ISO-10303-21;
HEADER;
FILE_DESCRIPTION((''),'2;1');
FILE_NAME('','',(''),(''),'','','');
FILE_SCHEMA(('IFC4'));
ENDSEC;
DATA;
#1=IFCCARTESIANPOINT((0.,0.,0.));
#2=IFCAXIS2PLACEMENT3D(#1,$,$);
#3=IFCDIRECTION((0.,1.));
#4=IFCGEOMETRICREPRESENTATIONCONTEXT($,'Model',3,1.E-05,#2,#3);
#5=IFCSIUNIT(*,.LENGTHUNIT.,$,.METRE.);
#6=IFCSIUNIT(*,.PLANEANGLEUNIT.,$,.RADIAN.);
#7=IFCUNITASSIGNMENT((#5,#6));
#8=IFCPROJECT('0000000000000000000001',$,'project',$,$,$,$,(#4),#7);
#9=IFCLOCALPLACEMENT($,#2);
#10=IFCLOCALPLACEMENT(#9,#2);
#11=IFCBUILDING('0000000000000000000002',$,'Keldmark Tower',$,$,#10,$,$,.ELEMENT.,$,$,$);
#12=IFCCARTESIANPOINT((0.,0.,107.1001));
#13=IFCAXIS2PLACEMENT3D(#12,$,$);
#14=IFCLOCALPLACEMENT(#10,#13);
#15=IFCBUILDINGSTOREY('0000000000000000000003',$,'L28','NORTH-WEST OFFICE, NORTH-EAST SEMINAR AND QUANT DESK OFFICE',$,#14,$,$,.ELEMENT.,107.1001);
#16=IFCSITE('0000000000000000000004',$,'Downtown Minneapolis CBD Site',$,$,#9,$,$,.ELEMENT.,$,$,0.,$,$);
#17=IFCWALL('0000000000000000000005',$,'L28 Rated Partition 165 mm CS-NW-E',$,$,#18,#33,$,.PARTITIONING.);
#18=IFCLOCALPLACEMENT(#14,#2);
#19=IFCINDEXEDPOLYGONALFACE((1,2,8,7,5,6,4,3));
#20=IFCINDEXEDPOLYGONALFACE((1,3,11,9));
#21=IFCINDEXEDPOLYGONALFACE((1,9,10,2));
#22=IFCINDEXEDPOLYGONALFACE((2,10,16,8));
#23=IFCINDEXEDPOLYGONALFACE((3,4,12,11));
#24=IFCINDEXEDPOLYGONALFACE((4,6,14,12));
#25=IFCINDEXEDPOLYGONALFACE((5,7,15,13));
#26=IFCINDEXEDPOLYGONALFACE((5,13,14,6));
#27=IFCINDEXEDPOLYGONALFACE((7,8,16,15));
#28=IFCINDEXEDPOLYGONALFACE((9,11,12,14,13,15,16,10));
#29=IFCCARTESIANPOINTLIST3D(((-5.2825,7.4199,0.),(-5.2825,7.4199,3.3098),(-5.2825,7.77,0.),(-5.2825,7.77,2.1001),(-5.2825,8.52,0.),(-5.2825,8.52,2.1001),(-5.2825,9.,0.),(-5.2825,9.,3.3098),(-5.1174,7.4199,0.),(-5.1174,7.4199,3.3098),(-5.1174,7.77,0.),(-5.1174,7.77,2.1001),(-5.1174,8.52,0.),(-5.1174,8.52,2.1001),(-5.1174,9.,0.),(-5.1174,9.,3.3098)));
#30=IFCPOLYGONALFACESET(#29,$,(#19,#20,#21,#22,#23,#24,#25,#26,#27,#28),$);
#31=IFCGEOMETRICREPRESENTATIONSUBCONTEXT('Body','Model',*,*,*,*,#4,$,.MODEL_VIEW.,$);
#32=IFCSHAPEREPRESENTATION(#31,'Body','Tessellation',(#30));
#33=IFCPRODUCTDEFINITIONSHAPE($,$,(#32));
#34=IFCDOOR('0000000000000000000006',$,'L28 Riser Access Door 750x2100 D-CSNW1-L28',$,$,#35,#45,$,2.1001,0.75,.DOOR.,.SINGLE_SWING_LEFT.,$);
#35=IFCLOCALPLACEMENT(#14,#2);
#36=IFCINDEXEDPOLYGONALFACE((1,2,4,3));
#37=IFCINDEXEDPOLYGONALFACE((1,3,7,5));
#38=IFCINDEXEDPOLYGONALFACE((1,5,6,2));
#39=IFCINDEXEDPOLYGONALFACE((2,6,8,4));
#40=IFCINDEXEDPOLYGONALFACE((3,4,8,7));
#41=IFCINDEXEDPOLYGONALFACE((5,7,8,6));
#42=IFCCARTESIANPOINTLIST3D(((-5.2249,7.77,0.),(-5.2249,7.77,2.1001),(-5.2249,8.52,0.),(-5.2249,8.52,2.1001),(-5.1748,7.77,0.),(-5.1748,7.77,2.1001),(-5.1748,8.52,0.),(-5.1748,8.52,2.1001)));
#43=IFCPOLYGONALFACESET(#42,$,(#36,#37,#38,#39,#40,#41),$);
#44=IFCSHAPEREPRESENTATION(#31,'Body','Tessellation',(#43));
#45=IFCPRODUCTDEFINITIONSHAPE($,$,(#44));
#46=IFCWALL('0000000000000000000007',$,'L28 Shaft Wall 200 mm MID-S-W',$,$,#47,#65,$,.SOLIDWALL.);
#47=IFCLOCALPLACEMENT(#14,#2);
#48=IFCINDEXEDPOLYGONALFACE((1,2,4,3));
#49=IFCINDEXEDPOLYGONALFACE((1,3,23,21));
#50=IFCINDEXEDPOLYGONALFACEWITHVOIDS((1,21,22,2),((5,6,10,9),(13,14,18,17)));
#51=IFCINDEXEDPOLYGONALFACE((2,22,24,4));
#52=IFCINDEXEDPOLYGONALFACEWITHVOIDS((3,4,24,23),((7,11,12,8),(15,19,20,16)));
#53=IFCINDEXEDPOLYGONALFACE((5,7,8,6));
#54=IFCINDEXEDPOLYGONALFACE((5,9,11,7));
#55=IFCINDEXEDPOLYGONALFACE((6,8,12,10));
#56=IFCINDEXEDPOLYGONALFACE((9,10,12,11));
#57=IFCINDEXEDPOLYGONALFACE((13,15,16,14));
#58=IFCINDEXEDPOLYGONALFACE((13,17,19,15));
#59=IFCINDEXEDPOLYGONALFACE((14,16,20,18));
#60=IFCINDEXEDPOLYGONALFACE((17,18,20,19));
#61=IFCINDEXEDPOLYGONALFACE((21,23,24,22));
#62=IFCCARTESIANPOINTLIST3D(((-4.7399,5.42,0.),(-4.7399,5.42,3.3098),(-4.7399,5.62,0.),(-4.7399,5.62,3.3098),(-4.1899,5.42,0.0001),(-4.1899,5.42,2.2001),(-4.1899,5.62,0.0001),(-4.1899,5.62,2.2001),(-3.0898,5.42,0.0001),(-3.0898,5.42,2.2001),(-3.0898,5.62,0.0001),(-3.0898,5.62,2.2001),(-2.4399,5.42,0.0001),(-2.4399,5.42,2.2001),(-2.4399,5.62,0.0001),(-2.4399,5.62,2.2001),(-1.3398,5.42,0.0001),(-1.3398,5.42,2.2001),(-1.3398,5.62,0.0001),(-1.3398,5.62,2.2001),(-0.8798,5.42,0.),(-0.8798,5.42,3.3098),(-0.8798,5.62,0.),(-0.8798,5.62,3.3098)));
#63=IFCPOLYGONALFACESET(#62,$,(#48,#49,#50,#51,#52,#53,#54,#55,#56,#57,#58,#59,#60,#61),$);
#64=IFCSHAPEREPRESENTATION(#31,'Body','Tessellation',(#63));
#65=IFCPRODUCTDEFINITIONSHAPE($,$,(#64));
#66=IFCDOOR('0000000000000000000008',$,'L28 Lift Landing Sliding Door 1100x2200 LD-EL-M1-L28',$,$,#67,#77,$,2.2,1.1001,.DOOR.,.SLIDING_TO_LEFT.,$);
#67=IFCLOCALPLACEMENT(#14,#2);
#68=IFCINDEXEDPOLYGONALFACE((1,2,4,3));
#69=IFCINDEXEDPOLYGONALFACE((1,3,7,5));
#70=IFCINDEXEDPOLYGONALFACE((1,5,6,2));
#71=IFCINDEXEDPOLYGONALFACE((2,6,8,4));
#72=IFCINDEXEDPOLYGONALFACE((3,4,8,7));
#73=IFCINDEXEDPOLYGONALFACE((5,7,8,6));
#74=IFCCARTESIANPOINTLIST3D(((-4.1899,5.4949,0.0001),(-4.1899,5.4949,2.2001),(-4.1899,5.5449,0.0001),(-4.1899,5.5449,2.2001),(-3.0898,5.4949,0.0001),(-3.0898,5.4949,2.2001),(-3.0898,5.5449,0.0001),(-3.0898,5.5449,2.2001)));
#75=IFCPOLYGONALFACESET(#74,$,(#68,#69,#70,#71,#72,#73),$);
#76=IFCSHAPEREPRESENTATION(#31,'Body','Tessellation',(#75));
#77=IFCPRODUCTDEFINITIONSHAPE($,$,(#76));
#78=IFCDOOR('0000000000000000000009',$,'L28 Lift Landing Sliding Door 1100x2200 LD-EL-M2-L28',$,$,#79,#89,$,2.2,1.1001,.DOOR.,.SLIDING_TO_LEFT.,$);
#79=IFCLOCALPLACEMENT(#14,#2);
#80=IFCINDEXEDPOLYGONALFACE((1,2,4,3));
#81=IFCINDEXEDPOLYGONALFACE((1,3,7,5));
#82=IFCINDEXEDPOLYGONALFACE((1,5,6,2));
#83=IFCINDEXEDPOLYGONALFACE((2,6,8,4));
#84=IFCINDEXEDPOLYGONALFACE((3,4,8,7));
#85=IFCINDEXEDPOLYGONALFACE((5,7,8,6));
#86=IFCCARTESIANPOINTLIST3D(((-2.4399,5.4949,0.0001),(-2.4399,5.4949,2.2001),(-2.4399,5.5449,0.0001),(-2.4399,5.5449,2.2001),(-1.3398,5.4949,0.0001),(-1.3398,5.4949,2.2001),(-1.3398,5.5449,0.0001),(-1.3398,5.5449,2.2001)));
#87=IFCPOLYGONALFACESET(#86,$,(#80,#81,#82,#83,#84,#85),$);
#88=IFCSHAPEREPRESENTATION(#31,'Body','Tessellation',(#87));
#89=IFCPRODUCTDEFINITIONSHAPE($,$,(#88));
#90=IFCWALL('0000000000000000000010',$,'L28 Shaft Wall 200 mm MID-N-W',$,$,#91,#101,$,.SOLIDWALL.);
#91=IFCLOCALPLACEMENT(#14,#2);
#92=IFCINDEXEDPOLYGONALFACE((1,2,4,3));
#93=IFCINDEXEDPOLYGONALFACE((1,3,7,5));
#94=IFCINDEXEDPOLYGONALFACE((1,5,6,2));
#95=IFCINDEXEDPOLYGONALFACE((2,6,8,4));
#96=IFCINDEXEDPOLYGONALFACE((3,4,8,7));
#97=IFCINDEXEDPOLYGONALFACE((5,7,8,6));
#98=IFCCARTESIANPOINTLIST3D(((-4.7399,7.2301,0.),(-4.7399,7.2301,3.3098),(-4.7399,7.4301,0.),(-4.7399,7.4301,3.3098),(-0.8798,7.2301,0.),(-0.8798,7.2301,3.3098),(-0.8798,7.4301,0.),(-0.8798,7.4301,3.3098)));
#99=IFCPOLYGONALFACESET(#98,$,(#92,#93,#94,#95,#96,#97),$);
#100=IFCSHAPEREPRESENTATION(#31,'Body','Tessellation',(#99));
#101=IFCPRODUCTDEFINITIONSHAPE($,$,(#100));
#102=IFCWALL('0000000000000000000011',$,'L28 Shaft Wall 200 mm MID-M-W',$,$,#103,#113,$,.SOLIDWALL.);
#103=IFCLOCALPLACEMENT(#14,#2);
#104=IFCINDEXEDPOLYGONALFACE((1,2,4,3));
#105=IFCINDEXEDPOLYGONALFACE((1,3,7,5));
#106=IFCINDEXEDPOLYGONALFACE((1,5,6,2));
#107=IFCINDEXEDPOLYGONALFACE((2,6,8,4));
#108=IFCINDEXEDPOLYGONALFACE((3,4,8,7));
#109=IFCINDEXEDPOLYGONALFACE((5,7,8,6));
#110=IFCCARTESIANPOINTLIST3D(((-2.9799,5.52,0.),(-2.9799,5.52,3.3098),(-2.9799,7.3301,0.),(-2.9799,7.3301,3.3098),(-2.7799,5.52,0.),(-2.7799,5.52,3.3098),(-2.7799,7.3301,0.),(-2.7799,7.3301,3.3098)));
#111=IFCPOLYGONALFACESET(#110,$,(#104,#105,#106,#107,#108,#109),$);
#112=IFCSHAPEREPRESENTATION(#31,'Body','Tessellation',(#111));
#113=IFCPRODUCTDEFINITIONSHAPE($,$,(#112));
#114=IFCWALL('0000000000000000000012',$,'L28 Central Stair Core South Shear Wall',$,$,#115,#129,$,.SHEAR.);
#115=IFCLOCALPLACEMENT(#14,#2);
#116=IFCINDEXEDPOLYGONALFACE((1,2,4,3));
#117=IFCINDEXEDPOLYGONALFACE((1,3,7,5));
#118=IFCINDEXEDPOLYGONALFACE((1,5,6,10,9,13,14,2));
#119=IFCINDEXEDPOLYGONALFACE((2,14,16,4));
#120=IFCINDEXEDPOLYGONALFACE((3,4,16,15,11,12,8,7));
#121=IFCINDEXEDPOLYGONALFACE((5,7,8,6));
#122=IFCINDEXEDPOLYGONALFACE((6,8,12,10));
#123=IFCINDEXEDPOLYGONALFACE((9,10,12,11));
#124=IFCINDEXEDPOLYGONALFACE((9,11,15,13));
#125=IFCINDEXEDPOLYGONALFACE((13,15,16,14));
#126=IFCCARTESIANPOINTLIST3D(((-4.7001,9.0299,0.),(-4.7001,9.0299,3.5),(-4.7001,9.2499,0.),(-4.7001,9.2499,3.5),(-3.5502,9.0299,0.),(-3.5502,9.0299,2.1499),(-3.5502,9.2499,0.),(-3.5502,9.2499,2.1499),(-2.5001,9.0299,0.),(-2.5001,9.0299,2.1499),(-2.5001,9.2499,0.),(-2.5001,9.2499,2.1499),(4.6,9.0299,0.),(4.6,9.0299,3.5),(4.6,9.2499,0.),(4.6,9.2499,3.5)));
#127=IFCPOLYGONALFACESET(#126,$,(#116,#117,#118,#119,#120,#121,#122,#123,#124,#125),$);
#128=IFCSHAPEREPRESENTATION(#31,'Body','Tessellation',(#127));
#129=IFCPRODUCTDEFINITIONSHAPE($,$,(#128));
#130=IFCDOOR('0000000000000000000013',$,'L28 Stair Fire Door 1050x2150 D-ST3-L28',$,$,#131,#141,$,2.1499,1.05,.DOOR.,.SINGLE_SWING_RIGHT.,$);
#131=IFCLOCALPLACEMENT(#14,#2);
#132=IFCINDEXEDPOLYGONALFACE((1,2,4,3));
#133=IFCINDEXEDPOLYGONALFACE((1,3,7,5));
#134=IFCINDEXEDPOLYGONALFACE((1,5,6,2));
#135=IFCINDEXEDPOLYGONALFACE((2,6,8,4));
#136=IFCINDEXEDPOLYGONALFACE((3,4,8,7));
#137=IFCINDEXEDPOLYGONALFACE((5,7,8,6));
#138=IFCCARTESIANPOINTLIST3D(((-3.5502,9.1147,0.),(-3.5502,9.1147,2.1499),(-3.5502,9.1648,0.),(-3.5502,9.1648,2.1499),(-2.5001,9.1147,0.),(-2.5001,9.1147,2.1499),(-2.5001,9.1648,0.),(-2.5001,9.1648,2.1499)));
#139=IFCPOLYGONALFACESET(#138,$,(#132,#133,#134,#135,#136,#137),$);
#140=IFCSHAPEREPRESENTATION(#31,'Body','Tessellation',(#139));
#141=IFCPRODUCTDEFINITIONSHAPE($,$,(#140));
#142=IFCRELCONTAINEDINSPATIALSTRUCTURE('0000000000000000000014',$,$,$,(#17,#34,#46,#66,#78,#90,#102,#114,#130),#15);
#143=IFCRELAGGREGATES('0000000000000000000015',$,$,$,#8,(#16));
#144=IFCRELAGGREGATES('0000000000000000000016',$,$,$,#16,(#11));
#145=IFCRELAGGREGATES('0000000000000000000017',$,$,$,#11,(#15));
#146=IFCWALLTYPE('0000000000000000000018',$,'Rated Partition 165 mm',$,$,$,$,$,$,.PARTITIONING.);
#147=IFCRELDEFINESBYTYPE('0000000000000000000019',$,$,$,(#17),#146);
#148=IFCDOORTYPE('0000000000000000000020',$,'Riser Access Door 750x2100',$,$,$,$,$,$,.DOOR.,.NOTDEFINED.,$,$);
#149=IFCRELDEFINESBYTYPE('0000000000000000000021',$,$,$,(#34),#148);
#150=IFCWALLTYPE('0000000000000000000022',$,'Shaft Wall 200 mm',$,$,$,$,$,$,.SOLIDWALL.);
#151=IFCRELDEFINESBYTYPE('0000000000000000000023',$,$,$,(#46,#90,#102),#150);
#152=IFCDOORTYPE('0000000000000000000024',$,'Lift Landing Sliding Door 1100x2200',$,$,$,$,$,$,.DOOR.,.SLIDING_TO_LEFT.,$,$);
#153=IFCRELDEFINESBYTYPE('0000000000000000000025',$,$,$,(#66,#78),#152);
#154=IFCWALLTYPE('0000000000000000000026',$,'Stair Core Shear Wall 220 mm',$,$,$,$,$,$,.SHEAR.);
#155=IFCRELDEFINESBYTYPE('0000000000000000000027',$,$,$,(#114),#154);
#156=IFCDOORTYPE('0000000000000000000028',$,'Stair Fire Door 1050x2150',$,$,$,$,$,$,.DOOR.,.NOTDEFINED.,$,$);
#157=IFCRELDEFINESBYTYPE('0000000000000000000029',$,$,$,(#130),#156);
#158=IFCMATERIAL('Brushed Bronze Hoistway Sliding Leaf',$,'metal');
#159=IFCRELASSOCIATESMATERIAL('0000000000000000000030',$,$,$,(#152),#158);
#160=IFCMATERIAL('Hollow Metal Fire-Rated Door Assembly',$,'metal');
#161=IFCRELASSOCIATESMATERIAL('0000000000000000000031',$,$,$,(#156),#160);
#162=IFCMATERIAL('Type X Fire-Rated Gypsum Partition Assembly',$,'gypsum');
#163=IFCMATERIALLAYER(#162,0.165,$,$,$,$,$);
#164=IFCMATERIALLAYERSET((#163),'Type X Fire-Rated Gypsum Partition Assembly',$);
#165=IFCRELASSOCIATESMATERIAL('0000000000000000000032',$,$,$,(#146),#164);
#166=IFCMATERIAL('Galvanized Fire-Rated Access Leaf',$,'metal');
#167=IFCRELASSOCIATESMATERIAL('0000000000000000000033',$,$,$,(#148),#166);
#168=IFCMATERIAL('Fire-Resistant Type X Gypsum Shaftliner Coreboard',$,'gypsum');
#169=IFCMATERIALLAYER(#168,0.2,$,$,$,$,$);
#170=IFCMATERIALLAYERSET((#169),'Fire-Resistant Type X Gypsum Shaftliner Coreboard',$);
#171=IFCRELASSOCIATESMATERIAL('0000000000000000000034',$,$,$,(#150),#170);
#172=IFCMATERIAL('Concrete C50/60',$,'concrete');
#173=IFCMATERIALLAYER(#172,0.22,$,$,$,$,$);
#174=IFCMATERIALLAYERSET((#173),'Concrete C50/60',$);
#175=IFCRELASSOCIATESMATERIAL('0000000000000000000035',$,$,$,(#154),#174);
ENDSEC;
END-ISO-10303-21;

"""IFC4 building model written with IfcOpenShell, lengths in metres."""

from ifc_helpers import new_model, si_unit, direction, frame, frame_2d, origin, place, context, subcontext, project, spatial, rectangle, extrude, material, layer, layer_set, type_object, element, fill, save


model = new_model("IFC4")

# Units and contexts
model_context = context("Model", 3, precision=1e-05, world=origin(), true_north=direction((0.0, 1.0)))
body_context = subcontext(model_context, "Body", "Model", "MODEL_VIEW")
ifc_project = project(units=[si_unit("LENGTHUNIT", "METRE"), si_unit("PLANEANGLEUNIT", "RADIAN")], contexts=[model_context])

# Site, building, storey
site_placement = place(None, origin())
site = spatial("IfcSite", under=ifc_project, at=site_placement, Name="Downtown Minneapolis CBD Site", CompositionType="ELEMENT", RefElevation=0.0)
building_placement = place(site_placement, origin())
building = spatial("IfcBuilding", under=site, at=building_placement, Name="Keldmark Tower", CompositionType="ELEMENT")
storey_placement = place(building_placement, frame((0.0, 0.0, 107.1001)))
storey = spatial("IfcBuildingStorey", under=building, at=storey_placement, Name="L28", Description="NORTH-WEST OFFICE, NORTH-EAST SEMINAR AND QUANT DESK OFFICE", CompositionType="ELEMENT", Elevation=107.1001)

# Shared definitions
ifc_material_1 = material(Name="Brushed Bronze Hoistway Sliding Leaf", Category="metal")
door_type_1 = type_object("IfcDoorType", Name="Lift Landing Sliding Door 1100x2200", OperationType="SLIDING_TO_LEFT", PredefinedType="DOOR", material=ifc_material_1)
ifc_material_2 = material(Name="Hollow Metal Fire-Rated Door Assembly", Category="metal")
door_type_2 = type_object("IfcDoorType", Name="Stair Fire Door 1050x2150", OperationType="NOTDEFINED", PredefinedType="DOOR", material=ifc_material_2)

# Shared definitions
ifc_material_3 = material(Name="Type X Fire-Rated Gypsum Partition Assembly", Category="gypsum")
ifc_layer_1 = layer(ifc_material_3, 0.165)
ifc_layer_set_1 = layer_set([ifc_layer_1], Name="Type X Fire-Rated Gypsum Partition Assembly")
wall_type_1 = type_object("IfcWallType", Name="Rated Partition 165 mm", PredefinedType="PARTITIONING", material=ifc_layer_set_1)

# Wall, opening, door
wall_1_placement = place(storey_placement, frame((-5.2, 7.4199, 0.0), z_axis=(0.0, 0.0, 1.0), x_axis=(0.0, 1.0, 0.0)))
wall_1 = element("IfcWall", 1, at=wall_1_placement, inside=storey, type_object=wall_type_1, Name="L28 Rated Partition 165 mm CS-NW-E", PredefinedType="PARTITIONING", context=body_context, shape_type="SweptSolid", body=[
    extrude(rectangle(XDim=1.5801, YDim=0.165, at=frame_2d((0.79, 0.0))), origin(), (0.0, 0.0, 1.0), 3.3098),
])
opening_1_placement = place(wall_1_placement, frame((0.3501, 0.0, 0.0)))
opening_1 = element("IfcOpeningElement", 2, at=opening_1_placement, cuts=wall_1, PredefinedType="OPENING", context=body_context, shape_type="SweptSolid", body=[
    extrude(rectangle(XDim=0.75, YDim=2.1001, at=frame_2d((0.375, 1.05))), frame((0.0, 0.0925, 0.0), z_axis=(0.0, -1.0, 0.0), x_axis=(1.0, 0.0, 0.0)), (0.0, 0.0, 1.0), 0.1851),
])
ifc_material_4 = material(Name="Galvanized Fire-Rated Access Leaf", Category="metal")
door_type_3 = type_object("IfcDoorType", Name="Riser Access Door 750x2100", OperationType="NOTDEFINED", PredefinedType="DOOR", material=ifc_material_4)
door_1_placement = place(opening_1_placement, origin())
door_1 = element("IfcDoor", 3, at=door_1_placement, inside=storey, type_object=door_type_3, Name="L28 Riser Access Door 750x2100 D-CSNW1-L28", OperationType="SINGLE_SWING_LEFT", OverallHeight=2.1001, OverallWidth=0.75, PredefinedType="DOOR", context=body_context, shape_type="SweptSolid", body=[
    extrude(rectangle(XDim=0.75, YDim=2.1001, at=frame_2d((0.375, 1.05))), frame((0.0, 0.0249, 0.0), z_axis=(0.0, -1.0, 0.0), x_axis=(1.0, 0.0, 0.0)), (0.0, 0.0, 1.0), 0.05),
])
fill(opening_1, door_1)

# Wall, openings, doors
ifc_material_5 = material(Name="Fire-Resistant Type X Gypsum Shaftliner Coreboard", Category="gypsum")
ifc_layer_2 = layer(ifc_material_5, 0.2)
ifc_layer_set_2 = layer_set([ifc_layer_2], Name="Fire-Resistant Type X Gypsum Shaftliner Coreboard")
wall_type_2 = type_object("IfcWallType", Name="Shaft Wall 200 mm", PredefinedType="SOLIDWALL", material=ifc_layer_set_2)
wall_2_placement = place(storey_placement, frame((-4.74, 5.52, 0.0), z_axis=(0.0, 0.0, 1.0), x_axis=(1.0, 0.0, 0.0)))
wall_2 = element("IfcWall", 4, at=wall_2_placement, inside=storey, type_object=wall_type_2, Name="L28 Shaft Wall 200 mm MID-S-W", PredefinedType="SOLIDWALL", context=body_context, shape_type="SweptSolid", body=[
    extrude(rectangle(XDim=3.8601, YDim=0.2, at=frame_2d((1.9302, 0.0))), origin(), (0.0, 0.0, 1.0), 3.3098),
])
opening_2_placement = place(wall_2_placement, frame((0.55, 0.0, 0.0)))
opening_2 = element("IfcOpeningElement", 5, at=opening_2_placement, cuts=wall_2, PredefinedType="OPENING", context=body_context, shape_type="SweptSolid", body=[
    extrude(rectangle(XDim=1.1001, YDim=2.2, at=frame_2d((0.55, 1.1001))), frame((0.0, 0.1099, 0.0), z_axis=(0.0, -1.0, 0.0), x_axis=(1.0, 0.0, 0.0)), (0.0, 0.0, 1.0), 0.22),
])
opening_3_placement = place(wall_2_placement, frame((2.3, 0.0, 0.0)))
opening_3 = element("IfcOpeningElement", 6, at=opening_3_placement, cuts=wall_2, PredefinedType="OPENING", context=body_context, shape_type="SweptSolid", body=[
    extrude(rectangle(XDim=1.1001, YDim=2.2, at=frame_2d((0.55, 1.1001))), frame((0.0, 0.1099, 0.0), z_axis=(0.0, -1.0, 0.0), x_axis=(1.0, 0.0, 0.0)), (0.0, 0.0, 1.0), 0.22),
])
door_2_placement = place(opening_2_placement, origin())
door_2 = element("IfcDoor", 7, at=door_2_placement, inside=storey, type_object=door_type_1, Name="L28 Lift Landing Sliding Door 1100x2200 LD-EL-M1-L28", OperationType="SLIDING_TO_LEFT", OverallHeight=2.2, OverallWidth=1.1001, PredefinedType="DOOR", context=body_context, shape_type="SweptSolid", body=[
    extrude(rectangle(XDim=1.1001, YDim=2.2, at=frame_2d((0.55, 1.1001))), frame((0.0, 0.0249, 0.0), z_axis=(0.0, -1.0, 0.0), x_axis=(1.0, 0.0, 0.0)), (0.0, 0.0, 1.0), 0.05),
])
fill(opening_2, door_2)
door_3_placement = place(opening_3_placement, origin())
door_3 = element("IfcDoor", 8, at=door_3_placement, inside=storey, type_object=door_type_1, Name="L28 Lift Landing Sliding Door 1100x2200 LD-EL-M2-L28", OperationType="SLIDING_TO_LEFT", OverallHeight=2.2, OverallWidth=1.1001, PredefinedType="DOOR", context=body_context, shape_type="SweptSolid", body=[
    extrude(rectangle(XDim=1.1001, YDim=2.2, at=frame_2d((0.55, 1.1001))), frame((0.0, 0.0249, 0.0), z_axis=(0.0, -1.0, 0.0), x_axis=(1.0, 0.0, 0.0)), (0.0, 0.0, 1.0), 0.05),
])
fill(opening_3, door_3)

# Walls
wall_3_placement = place(storey_placement, frame((-4.74, 7.3301, 0.0), z_axis=(0.0, 0.0, 1.0), x_axis=(1.0, 0.0, 0.0)))
element("IfcWall", 9, at=wall_3_placement, inside=storey, type_object=wall_type_2, Name="L28 Shaft Wall 200 mm MID-N-W", PredefinedType="SOLIDWALL", context=body_context, shape_type="SweptSolid", body=[
    extrude(rectangle(XDim=3.8601, YDim=0.2, at=frame_2d((1.9302, 0.0))), origin(), (0.0, 0.0, 1.0), 3.3098),
])
wall_4_placement = place(storey_placement, frame((-2.8799, 5.52, 0.0), z_axis=(0.0, 0.0, 1.0), x_axis=(0.0, 1.0, 0.0)))
element("IfcWall", 10, at=wall_4_placement, inside=storey, type_object=wall_type_2, Name="L28 Shaft Wall 200 mm MID-M-W", PredefinedType="SOLIDWALL", context=body_context, shape_type="SweptSolid", body=[
    extrude(rectangle(XDim=1.8101, YDim=0.2, at=frame_2d((0.905, 0.0))), origin(), (0.0, 0.0, 1.0), 3.3098),
])

# Wall, opening, door
ifc_material_6 = material(Name="Concrete C50/60", Category="concrete")
ifc_layer_3 = layer(ifc_material_6, 0.22)
ifc_layer_set_3 = layer_set([ifc_layer_3], Name="Concrete C50/60")
wall_type_3 = type_object("IfcWallType", Name="Stair Core Shear Wall 220 mm", PredefinedType="SHEAR", material=ifc_layer_set_3)
wall_5_placement = place(storey_placement, frame((-4.7, 9.1399, 0.0), z_axis=(0.0, 0.0, 1.0), x_axis=(1.0, 0.0, 0.0)))
wall_5 = element("IfcWall", 11, at=wall_5_placement, inside=storey, type_object=wall_type_3, Name="L28 Central Stair Core South Shear Wall", PredefinedType="SHEAR", context=body_context, shape_type="SweptSolid", body=[
    extrude(rectangle(XDim=9.3, YDim=0.22, at=frame_2d((4.6499, 0.0))), origin(), (0.0, 0.0, 1.0), 3.5),
])
opening_4_placement = place(wall_5_placement, frame((1.1499, 0.0, 0.0)))
opening_4 = element("IfcOpeningElement", 12, at=opening_4_placement, cuts=wall_5, PredefinedType="OPENING", context=body_context, shape_type="SweptSolid", body=[
    extrude(rectangle(XDim=1.05, YDim=2.1499, at=frame_2d((0.5249, 1.075))), frame((0.0, 0.1199, 0.0), z_axis=(0.0, -1.0, 0.0), x_axis=(1.0, 0.0, 0.0)), (0.0, 0.0, 1.0), 0.24),
])
door_4_placement = place(opening_4_placement, origin())
door_4 = element("IfcDoor", 13, at=door_4_placement, inside=storey, type_object=door_type_2, Name="L28 Stair Fire Door 1050x2150 D-ST3-L28", OperationType="SINGLE_SWING_RIGHT", OverallHeight=2.1499, OverallWidth=1.05, PredefinedType="DOOR", context=body_context, shape_type="SweptSolid", body=[
    extrude(rectangle(XDim=1.05, YDim=2.1499, at=frame_2d((0.5249, 1.075))), frame((0.0, 0.0249, 0.0), z_axis=(0.0, -1.0, 0.0), x_axis=(1.0, 0.0, 0.0)), (0.0, 0.0, 1.0), 0.05),
])
fill(opening_4, door_4)

save(model, "model.ifc")
